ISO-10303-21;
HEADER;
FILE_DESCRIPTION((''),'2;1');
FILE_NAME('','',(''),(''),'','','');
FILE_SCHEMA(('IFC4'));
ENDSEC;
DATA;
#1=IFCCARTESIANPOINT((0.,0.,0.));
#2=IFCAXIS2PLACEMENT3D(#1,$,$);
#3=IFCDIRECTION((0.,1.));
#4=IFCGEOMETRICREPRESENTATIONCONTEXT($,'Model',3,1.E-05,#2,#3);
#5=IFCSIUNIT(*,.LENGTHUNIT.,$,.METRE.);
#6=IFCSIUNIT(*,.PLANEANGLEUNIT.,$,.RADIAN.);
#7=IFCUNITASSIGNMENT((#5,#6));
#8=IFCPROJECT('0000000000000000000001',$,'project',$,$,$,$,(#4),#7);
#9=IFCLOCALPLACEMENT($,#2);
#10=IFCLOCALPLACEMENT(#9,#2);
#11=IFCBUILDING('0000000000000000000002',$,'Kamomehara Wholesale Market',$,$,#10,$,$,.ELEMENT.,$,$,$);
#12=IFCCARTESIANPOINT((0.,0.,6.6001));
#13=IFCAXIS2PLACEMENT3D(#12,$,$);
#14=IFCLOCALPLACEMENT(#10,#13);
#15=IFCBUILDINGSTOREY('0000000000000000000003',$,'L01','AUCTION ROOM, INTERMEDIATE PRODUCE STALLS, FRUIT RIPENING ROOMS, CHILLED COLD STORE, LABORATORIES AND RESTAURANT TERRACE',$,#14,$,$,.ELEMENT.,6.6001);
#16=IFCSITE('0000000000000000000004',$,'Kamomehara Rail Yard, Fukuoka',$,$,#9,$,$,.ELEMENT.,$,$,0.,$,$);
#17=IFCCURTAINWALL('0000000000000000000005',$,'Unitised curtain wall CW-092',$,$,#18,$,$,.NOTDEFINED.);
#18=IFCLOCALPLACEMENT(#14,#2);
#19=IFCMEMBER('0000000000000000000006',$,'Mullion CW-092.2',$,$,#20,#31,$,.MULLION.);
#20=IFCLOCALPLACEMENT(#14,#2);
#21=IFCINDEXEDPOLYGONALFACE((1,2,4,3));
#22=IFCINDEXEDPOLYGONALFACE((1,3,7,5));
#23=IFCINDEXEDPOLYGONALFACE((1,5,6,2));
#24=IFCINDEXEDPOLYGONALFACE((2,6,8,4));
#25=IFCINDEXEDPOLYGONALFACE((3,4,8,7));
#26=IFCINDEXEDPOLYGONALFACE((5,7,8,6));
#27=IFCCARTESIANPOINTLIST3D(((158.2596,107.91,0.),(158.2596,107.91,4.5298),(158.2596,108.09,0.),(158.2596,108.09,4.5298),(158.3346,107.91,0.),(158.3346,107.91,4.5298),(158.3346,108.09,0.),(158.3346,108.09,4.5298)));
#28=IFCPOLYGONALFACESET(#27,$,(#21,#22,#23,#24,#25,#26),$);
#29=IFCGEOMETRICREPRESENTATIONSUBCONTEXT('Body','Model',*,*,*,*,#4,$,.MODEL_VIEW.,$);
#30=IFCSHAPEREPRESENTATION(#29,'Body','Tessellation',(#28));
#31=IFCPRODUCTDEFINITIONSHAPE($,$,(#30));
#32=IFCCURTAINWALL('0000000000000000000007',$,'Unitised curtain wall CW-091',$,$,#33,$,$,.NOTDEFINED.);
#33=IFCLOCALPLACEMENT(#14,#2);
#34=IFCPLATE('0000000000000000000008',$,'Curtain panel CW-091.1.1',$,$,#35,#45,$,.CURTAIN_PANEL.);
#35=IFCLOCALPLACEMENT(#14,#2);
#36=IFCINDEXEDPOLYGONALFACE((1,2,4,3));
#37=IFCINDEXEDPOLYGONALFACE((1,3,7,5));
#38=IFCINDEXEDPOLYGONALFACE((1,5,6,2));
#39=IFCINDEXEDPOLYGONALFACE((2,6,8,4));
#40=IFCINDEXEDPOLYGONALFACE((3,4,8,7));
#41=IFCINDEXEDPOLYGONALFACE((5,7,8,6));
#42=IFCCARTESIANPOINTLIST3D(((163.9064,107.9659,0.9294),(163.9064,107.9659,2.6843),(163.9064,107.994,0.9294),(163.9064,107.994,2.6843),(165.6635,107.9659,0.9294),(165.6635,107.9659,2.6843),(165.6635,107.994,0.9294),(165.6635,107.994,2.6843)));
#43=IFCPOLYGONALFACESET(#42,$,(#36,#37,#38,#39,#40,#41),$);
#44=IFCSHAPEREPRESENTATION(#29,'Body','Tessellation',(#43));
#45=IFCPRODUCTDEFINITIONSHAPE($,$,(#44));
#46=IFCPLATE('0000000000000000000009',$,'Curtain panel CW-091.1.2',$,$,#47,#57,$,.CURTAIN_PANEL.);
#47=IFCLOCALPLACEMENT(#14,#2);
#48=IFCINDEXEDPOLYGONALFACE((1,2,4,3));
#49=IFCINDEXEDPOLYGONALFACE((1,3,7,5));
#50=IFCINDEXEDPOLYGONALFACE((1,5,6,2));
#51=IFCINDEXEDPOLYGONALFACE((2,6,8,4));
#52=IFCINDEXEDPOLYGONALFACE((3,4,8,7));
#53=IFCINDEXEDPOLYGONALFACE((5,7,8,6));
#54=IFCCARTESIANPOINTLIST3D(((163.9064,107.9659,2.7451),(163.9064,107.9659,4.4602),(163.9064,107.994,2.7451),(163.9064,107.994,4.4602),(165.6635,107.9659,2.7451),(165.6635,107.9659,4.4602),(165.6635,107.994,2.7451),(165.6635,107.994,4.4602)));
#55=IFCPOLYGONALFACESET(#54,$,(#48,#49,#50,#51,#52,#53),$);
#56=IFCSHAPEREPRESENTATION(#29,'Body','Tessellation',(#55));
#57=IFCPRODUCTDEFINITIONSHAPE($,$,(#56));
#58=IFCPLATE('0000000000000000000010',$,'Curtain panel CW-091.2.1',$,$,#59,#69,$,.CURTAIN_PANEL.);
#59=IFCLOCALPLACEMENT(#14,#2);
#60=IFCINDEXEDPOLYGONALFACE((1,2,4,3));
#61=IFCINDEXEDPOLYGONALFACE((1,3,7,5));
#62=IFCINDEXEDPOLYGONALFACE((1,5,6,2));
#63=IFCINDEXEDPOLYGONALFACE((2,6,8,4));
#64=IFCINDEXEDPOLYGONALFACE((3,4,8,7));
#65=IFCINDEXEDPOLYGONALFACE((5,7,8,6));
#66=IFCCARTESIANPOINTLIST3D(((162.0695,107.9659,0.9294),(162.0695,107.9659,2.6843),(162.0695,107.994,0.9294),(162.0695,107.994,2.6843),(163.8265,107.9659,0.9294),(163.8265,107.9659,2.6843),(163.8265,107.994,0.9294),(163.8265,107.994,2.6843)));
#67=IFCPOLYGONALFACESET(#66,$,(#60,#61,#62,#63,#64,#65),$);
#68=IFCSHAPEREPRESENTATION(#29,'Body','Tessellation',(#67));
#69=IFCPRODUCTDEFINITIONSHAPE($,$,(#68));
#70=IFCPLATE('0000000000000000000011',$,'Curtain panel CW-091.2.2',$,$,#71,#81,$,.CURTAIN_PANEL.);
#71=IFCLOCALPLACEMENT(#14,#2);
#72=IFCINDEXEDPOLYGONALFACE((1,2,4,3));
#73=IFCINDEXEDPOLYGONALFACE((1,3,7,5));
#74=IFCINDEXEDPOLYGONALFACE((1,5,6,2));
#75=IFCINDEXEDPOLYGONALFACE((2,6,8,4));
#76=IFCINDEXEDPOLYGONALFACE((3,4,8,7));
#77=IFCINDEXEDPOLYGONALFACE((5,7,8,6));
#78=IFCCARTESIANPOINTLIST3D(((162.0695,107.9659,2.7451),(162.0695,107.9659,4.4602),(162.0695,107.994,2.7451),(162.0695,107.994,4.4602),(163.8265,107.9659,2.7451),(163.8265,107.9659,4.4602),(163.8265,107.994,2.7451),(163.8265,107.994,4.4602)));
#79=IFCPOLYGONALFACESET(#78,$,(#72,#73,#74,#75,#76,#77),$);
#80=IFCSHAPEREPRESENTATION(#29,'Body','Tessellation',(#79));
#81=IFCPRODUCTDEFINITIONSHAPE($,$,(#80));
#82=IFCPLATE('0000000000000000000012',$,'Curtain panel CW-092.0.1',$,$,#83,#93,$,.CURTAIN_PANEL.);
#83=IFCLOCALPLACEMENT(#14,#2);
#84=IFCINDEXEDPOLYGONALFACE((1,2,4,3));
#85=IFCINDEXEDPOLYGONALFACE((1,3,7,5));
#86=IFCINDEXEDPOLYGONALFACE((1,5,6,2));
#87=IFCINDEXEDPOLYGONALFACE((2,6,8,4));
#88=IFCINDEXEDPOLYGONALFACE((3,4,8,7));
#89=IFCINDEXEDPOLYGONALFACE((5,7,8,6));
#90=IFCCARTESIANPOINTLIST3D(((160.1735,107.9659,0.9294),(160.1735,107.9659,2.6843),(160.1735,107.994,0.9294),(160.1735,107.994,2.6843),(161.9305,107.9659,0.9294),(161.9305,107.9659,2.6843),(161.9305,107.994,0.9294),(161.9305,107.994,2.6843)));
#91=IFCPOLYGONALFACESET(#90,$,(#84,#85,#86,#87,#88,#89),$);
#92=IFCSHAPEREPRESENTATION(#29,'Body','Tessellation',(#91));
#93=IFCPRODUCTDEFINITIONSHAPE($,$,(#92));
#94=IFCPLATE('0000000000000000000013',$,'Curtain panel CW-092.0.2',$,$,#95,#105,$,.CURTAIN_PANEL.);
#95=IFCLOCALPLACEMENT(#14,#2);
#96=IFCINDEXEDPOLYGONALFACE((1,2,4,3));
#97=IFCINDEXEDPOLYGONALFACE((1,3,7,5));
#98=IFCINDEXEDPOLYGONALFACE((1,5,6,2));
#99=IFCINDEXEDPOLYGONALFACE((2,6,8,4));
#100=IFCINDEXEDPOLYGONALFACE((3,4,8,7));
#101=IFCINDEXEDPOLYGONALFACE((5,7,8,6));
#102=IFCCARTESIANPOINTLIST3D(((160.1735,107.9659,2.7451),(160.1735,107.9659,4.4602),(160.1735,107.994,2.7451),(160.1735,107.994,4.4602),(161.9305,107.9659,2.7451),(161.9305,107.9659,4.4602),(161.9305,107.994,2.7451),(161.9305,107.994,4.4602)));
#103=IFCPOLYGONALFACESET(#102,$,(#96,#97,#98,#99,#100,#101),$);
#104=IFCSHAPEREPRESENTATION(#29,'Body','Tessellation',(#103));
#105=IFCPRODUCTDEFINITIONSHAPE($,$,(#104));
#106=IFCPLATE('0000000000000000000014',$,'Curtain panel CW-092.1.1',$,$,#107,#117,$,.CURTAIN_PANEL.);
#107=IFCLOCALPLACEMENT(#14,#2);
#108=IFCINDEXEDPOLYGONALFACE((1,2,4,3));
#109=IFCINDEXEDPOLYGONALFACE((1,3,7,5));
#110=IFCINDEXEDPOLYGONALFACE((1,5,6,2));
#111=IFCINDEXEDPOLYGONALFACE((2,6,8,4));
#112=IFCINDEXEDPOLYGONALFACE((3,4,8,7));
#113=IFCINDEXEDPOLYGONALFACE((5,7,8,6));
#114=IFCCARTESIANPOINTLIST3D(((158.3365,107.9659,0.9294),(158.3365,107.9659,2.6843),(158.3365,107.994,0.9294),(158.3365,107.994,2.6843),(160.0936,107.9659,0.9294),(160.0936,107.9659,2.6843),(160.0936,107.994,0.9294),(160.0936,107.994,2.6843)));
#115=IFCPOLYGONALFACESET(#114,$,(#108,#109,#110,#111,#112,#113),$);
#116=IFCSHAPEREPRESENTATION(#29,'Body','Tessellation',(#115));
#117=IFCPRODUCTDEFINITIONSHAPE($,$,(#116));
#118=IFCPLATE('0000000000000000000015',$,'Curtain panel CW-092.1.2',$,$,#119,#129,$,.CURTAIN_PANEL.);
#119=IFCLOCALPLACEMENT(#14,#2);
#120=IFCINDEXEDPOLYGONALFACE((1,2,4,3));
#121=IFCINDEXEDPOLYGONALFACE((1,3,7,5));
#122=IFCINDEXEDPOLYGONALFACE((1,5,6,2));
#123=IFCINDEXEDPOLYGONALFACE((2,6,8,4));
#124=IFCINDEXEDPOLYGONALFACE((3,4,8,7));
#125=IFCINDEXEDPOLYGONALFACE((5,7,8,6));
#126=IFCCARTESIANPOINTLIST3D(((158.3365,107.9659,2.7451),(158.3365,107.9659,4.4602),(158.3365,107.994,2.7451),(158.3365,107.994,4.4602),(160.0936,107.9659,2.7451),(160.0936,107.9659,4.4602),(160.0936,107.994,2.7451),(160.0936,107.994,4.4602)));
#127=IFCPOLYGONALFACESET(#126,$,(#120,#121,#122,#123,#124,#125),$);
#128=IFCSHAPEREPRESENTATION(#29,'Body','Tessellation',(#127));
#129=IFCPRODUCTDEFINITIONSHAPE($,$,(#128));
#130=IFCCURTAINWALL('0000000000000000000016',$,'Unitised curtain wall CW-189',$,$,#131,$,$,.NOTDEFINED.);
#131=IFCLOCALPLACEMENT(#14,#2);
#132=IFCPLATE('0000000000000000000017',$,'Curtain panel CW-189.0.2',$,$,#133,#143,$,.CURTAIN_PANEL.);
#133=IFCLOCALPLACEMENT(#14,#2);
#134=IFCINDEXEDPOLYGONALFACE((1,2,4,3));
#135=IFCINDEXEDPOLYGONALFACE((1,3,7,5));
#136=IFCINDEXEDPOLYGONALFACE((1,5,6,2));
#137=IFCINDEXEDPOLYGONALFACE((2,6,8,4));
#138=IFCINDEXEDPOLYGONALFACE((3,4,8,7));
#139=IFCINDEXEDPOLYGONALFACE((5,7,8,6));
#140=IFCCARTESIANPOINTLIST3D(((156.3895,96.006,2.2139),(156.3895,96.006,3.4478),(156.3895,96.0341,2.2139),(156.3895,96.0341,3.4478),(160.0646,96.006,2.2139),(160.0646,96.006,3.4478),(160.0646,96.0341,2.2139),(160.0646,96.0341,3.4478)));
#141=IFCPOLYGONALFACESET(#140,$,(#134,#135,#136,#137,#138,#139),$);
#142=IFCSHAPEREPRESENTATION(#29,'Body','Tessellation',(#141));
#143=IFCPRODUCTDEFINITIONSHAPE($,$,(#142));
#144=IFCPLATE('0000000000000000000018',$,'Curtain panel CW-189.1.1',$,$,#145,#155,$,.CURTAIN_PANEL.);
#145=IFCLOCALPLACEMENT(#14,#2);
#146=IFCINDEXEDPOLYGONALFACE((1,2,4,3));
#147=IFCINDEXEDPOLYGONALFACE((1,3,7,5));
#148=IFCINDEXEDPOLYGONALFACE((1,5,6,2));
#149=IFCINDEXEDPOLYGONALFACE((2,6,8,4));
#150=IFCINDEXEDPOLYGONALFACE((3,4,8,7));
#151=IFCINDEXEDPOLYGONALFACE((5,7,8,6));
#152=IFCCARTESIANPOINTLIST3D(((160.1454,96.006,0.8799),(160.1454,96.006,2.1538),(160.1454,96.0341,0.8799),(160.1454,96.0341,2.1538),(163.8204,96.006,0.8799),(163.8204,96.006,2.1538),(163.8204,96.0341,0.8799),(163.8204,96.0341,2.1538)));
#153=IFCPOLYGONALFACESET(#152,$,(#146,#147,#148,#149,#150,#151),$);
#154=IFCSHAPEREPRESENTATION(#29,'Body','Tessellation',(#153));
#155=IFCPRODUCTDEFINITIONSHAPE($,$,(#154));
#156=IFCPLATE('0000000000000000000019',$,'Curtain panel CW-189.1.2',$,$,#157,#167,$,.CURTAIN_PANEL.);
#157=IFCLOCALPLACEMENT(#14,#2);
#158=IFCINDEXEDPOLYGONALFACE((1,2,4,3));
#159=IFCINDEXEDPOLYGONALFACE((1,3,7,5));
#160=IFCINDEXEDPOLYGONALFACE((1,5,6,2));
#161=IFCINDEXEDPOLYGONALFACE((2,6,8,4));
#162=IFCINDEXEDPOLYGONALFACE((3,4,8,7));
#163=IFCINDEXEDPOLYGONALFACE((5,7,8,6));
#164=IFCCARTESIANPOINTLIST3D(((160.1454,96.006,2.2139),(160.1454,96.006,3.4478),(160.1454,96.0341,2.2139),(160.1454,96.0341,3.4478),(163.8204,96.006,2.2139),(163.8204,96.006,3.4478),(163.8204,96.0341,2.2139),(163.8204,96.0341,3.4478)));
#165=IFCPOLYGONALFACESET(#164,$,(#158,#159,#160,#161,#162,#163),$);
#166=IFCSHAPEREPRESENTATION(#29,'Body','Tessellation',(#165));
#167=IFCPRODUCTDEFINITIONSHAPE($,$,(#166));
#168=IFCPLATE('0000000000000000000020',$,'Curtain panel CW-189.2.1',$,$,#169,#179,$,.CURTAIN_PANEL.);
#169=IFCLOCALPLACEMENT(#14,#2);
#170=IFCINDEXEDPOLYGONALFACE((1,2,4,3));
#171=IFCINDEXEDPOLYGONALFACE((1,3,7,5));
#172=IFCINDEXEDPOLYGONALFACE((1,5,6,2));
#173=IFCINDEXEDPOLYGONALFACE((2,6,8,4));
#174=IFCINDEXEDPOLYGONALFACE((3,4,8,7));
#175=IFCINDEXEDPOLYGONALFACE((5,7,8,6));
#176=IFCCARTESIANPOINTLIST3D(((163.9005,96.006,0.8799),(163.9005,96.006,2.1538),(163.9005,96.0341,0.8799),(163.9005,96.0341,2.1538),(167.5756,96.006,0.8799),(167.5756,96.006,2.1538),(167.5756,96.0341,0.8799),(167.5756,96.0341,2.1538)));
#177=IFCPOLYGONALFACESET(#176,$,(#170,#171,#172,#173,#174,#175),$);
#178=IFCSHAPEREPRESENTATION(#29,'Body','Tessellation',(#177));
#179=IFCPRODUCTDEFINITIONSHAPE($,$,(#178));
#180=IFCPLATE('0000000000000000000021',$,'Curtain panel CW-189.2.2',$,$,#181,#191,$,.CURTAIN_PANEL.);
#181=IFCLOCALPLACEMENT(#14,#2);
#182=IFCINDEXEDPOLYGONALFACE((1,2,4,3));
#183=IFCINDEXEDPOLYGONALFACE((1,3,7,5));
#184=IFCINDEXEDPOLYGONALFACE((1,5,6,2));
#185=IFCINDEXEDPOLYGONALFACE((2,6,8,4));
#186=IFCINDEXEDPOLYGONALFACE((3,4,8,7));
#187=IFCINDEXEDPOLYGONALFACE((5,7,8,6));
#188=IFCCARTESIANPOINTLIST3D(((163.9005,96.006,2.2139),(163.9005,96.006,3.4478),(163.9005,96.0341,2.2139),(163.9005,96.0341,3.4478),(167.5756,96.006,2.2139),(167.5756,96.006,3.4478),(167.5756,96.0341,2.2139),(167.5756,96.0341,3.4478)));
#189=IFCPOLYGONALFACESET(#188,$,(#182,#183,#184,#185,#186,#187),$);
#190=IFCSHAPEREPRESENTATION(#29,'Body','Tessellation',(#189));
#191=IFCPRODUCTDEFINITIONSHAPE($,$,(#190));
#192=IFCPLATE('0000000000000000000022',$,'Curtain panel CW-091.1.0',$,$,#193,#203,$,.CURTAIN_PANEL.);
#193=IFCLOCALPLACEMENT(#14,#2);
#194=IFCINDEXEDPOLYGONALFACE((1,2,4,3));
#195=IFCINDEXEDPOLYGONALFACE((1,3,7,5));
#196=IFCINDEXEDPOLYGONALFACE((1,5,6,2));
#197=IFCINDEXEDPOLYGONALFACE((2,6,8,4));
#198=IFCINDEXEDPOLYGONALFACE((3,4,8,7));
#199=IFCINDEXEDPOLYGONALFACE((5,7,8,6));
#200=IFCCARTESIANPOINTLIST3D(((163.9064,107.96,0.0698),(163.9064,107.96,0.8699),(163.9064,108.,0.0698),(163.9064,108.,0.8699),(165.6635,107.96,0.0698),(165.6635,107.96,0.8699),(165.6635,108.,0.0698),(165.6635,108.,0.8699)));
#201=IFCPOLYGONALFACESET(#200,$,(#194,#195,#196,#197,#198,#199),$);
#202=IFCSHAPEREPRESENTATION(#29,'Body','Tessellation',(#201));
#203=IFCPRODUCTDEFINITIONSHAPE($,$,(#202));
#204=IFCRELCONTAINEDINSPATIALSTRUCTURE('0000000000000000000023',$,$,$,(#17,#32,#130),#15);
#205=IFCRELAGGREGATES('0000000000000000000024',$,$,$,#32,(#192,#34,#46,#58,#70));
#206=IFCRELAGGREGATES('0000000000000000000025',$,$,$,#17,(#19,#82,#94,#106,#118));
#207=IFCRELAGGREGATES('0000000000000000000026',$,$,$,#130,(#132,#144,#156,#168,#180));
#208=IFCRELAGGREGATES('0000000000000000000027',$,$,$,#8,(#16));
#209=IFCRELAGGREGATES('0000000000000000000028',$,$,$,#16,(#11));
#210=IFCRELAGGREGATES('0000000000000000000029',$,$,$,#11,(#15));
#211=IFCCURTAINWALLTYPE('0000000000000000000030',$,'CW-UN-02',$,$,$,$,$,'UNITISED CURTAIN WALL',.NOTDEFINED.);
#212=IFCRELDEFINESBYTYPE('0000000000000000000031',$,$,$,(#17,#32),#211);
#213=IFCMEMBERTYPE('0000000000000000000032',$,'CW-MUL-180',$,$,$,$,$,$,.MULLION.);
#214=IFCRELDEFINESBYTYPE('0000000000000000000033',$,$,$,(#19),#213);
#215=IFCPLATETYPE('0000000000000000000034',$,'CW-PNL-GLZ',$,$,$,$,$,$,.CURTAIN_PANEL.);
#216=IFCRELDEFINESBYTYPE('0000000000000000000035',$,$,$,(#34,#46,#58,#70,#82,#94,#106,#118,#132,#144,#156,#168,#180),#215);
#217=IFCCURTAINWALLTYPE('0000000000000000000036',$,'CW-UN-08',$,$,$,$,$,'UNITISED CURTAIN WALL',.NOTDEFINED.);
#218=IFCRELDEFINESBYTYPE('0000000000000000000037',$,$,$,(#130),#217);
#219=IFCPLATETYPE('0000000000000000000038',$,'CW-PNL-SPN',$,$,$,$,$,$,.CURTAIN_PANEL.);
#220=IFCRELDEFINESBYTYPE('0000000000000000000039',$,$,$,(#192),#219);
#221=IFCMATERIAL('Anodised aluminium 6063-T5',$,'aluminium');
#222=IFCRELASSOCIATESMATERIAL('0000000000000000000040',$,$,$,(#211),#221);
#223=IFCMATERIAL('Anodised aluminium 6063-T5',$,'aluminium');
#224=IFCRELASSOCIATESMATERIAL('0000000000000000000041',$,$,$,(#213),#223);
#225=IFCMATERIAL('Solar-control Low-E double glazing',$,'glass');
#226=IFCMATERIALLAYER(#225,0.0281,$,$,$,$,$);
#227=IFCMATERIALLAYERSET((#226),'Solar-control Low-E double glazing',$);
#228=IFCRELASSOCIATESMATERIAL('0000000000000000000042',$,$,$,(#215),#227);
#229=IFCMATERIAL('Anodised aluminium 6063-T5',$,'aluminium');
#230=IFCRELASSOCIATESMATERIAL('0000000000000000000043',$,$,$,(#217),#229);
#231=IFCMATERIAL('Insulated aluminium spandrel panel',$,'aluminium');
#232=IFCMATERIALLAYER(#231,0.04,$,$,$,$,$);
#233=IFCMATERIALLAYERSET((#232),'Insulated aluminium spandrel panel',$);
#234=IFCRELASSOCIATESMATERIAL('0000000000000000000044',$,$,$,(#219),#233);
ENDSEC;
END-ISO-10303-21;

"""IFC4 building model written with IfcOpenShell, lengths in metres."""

from ifc_helpers import new_model, si_unit, direction, frame, origin, origin_2d, place, context, subcontext, project, spatial, rectangle, extrude, material, layer, layer_set, material_profile, profile_set, type_object, element, aggregate, save


model = new_model("IFC4")

# Units and contexts
model_context = context("Model", 3, precision=1e-05, world=origin(), true_north=direction((0.0, 1.0)))
body_context = subcontext(model_context, "Body", "Model", "MODEL_VIEW")
ifc_project = project(units=[si_unit("LENGTHUNIT", "METRE"), si_unit("PLANEANGLEUNIT", "RADIAN")], contexts=[model_context])

# Site, building, storey
site_placement = place(None, origin())
site = spatial("IfcSite", under=ifc_project, at=site_placement, Name="Kamomehara Rail Yard, Fukuoka", CompositionType="ELEMENT", RefElevation=0.0)
building_placement = place(site_placement, origin())
building = spatial("IfcBuilding", under=site, at=building_placement, Name="Kamomehara Wholesale Market", CompositionType="ELEMENT")
storey_placement = place(building_placement, frame((0.0, 0.0, 6.6001)))
storey = spatial("IfcBuildingStorey", under=building, at=storey_placement, Name="L01", Description="AUCTION ROOM, INTERMEDIATE PRODUCE STALLS, FRUIT RIPENING ROOMS, CHILLED COLD STORE, LABORATORIES AND RESTAURANT TERRACE", CompositionType="ELEMENT", Elevation=6.6001)

# Curtain wall, member
ifc_material_1 = material(Name="Anodised aluminium 6063-T5", Category="aluminium")
curtain_wall_type_1 = type_object("IfcCurtainWallType", Name="CW-UN-02", ElementType="UNITISED CURTAIN WALL", PredefinedType="NOTDEFINED", material=ifc_material_1)
curtain_wall_1_placement = place(storey_placement, origin())
curtain_wall_1 = element("IfcCurtainWall", 1, at=curtain_wall_1_placement, inside=storey, type_object=curtain_wall_type_1, Name="Unitised curtain wall CW-092", PredefinedType="NOTDEFINED")
ifc_material_2 = material(Name="Anodised aluminium 6063-T5", Category="aluminium")
ifc_material_profile = material_profile(ifc_material_2, rectangle(XDim=0.075, YDim=0.1799, at=origin_2d()), Name="ALU-MUL-75x180")
ifc_profile_set = profile_set([ifc_material_profile], Name="Anodised aluminium 6063-T5")
member_type = type_object("IfcMemberType", Name="CW-MUL-180", PredefinedType="MULLION", material=ifc_profile_set)
member_placement = place(storey_placement, frame((158.2971, 108.0, 0.0), z_axis=(0.0, 0.0, 1.0), x_axis=(-1.0, 0.0, 0.0)))
member = element("IfcMember", 2, at=member_placement, type_object=member_type, Name="Mullion CW-092.2", PredefinedType="MULLION", context=body_context, shape_type="SweptSolid", body=[
    extrude(rectangle(XDim=0.075, YDim=0.1799, at=origin_2d()), origin(), (0.0, 0.0, 1.0), 4.5298),
])

# Curtain wall, plates
curtain_wall_2_placement = place(storey_placement, origin())
curtain_wall_2 = element("IfcCurtainWall", 3, at=curtain_wall_2_placement, inside=storey, type_object=curtain_wall_type_1, Name="Unitised curtain wall CW-091", PredefinedType="NOTDEFINED")
ifc_material_3 = material(Name="Solar-control Low-E double glazing", Category="glass")
ifc_layer_1 = layer(ifc_material_3, 0.0281)
ifc_layer_set_1 = layer_set([ifc_layer_1], Name="Solar-control Low-E double glazing")
plate_type_1 = type_object("IfcPlateType", Name="CW-PNL-GLZ", PredefinedType="CURTAIN_PANEL", material=ifc_layer_set_1)
plate_1_placement = place(storey_placement, frame((164.7849, 107.98, 0.9294), z_axis=(0.0, 0.0, 1.0), x_axis=(-1.0, 0.0, 0.0)))
plate_1 = element("IfcPlate", 4, at=plate_1_placement, type_object=plate_type_1, Name="Curtain panel CW-091.1.1", PredefinedType="CURTAIN_PANEL", context=body_context, shape_type="SweptSolid", body=[
    extrude(rectangle(XDim=1.7571, YDim=0.0281, at=origin_2d()), origin(), (0.0, 0.0, 1.0), 1.7549),
])
plate_2_placement = place(storey_placement, frame((164.7849, 107.98, 2.7451), z_axis=(0.0, 0.0, 1.0), x_axis=(-1.0, 0.0, 0.0)))
plate_2 = element("IfcPlate", 5, at=plate_2_placement, type_object=plate_type_1, Name="Curtain panel CW-091.1.2", PredefinedType="CURTAIN_PANEL", context=body_context, shape_type="SweptSolid", body=[
    extrude(rectangle(XDim=1.7571, YDim=0.0281, at=origin_2d()), origin(), (0.0, 0.0, 1.0), 1.7151),
])
plate_3_placement = place(storey_placement, frame((162.948, 107.98, 0.9294), z_axis=(0.0, 0.0, 1.0), x_axis=(-1.0, 0.0, 0.0)))
plate_3 = element("IfcPlate", 6, at=plate_3_placement, type_object=plate_type_1, Name="Curtain panel CW-091.2.1", PredefinedType="CURTAIN_PANEL", context=body_context, shape_type="SweptSolid", body=[
    extrude(rectangle(XDim=1.7571, YDim=0.0281, at=origin_2d()), origin(), (0.0, 0.0, 1.0), 1.7549),
])
plate_4_placement = place(storey_placement, frame((162.948, 107.98, 2.7451), z_axis=(0.0, 0.0, 1.0), x_axis=(-1.0, 0.0, 0.0)))
plate_4 = element("IfcPlate", 7, at=plate_4_placement, type_object=plate_type_1, Name="Curtain panel CW-091.2.2", PredefinedType="CURTAIN_PANEL", context=body_context, shape_type="SweptSolid", body=[
    extrude(rectangle(XDim=1.7571, YDim=0.0281, at=origin_2d()), origin(), (0.0, 0.0, 1.0), 1.7151),
])

# Plates
plate_5_placement = place(storey_placement, frame((161.052, 107.98, 0.9294), z_axis=(0.0, 0.0, 1.0), x_axis=(-1.0, 0.0, 0.0)))
plate_5 = element("IfcPlate", 8, at=plate_5_placement, type_object=plate_type_1, Name="Curtain panel CW-092.0.1", PredefinedType="CURTAIN_PANEL", context=body_context, shape_type="SweptSolid", body=[
    extrude(rectangle(XDim=1.7571, YDim=0.0281, at=origin_2d()), origin(), (0.0, 0.0, 1.0), 1.7549),
])
plate_6_placement = place(storey_placement, frame((161.052, 107.98, 2.7451), z_axis=(0.0, 0.0, 1.0), x_axis=(-1.0, 0.0, 0.0)))
plate_6 = element("IfcPlate", 9, at=plate_6_placement, type_object=plate_type_1, Name="Curtain panel CW-092.0.2", PredefinedType="CURTAIN_PANEL", context=body_context, shape_type="SweptSolid", body=[
    extrude(rectangle(XDim=1.7571, YDim=0.0281, at=origin_2d()), origin(), (0.0, 0.0, 1.0), 1.7151),
])
plate_7_placement = place(storey_placement, frame((159.2151, 107.98, 0.9294), z_axis=(0.0, 0.0, 1.0), x_axis=(-1.0, 0.0, 0.0)))
plate_7 = element("IfcPlate", 10, at=plate_7_placement, type_object=plate_type_1, Name="Curtain panel CW-092.1.1", PredefinedType="CURTAIN_PANEL", context=body_context, shape_type="SweptSolid", body=[
    extrude(rectangle(XDim=1.7571, YDim=0.0281, at=origin_2d()), origin(), (0.0, 0.0, 1.0), 1.7549),
])
plate_8_placement = place(storey_placement, frame((159.2151, 107.98, 2.7451), z_axis=(0.0, 0.0, 1.0), x_axis=(-1.0, 0.0, 0.0)))
plate_8 = element("IfcPlate", 11, at=plate_8_placement, type_object=plate_type_1, Name="Curtain panel CW-092.1.2", PredefinedType="CURTAIN_PANEL", context=body_context, shape_type="SweptSolid", body=[
    extrude(rectangle(XDim=1.7571, YDim=0.0281, at=origin_2d()), origin(), (0.0, 0.0, 1.0), 1.7151),
])

# Curtain wall, plates
ifc_material_4 = material(Name="Anodised aluminium 6063-T5", Category="aluminium")
curtain_wall_type_2 = type_object("IfcCurtainWallType", Name="CW-UN-08", ElementType="UNITISED CURTAIN WALL", PredefinedType="NOTDEFINED", material=ifc_material_4)
curtain_wall_3_placement = place(storey_placement, origin())
curtain_wall_3 = element("IfcCurtainWall", 12, at=curtain_wall_3_placement, inside=storey, type_object=curtain_wall_type_2, Name="Unitised curtain wall CW-189", PredefinedType="NOTDEFINED")
plate_9_placement = place(storey_placement, frame((158.2271, 96.02, 2.2139), z_axis=(0.0, 0.0, 1.0), x_axis=(1.0, 0.0, 0.0)))
plate_9 = element("IfcPlate", 13, at=plate_9_placement, type_object=plate_type_1, Name="Curtain panel CW-189.0.2", PredefinedType="CURTAIN_PANEL", context=body_context, shape_type="SweptSolid", body=[
    extrude(rectangle(XDim=3.675, YDim=0.0281, at=origin_2d()), origin(), (0.0, 0.0, 1.0), 1.2339),
])
plate_10_placement = place(storey_placement, frame((161.9829, 96.02, 0.8799), z_axis=(0.0, 0.0, 1.0), x_axis=(1.0, 0.0, 0.0)))
plate_10 = element("IfcPlate", 14, at=plate_10_placement, type_object=plate_type_1, Name="Curtain panel CW-189.1.1", PredefinedType="CURTAIN_PANEL", context=body_context, shape_type="SweptSolid", body=[
    extrude(rectangle(XDim=3.675, YDim=0.0281, at=origin_2d()), origin(), (0.0, 0.0, 1.0), 1.2739),
])
plate_11_placement = place(storey_placement, frame((161.9829, 96.02, 2.2139), z_axis=(0.0, 0.0, 1.0), x_axis=(1.0, 0.0, 0.0)))
plate_11 = element("IfcPlate", 15, at=plate_11_placement, type_object=plate_type_1, Name="Curtain panel CW-189.1.2", PredefinedType="CURTAIN_PANEL", context=body_context, shape_type="SweptSolid", body=[
    extrude(rectangle(XDim=3.675, YDim=0.0281, at=origin_2d()), origin(), (0.0, 0.0, 1.0), 1.2339),
])
plate_12_placement = place(storey_placement, frame((165.738, 96.02, 0.8799), z_axis=(0.0, 0.0, 1.0), x_axis=(1.0, 0.0, 0.0)))
plate_12 = element("IfcPlate", 16, at=plate_12_placement, type_object=plate_type_1, Name="Curtain panel CW-189.2.1", PredefinedType="CURTAIN_PANEL", context=body_context, shape_type="SweptSolid", body=[
    extrude(rectangle(XDim=3.675, YDim=0.0281, at=origin_2d()), origin(), (0.0, 0.0, 1.0), 1.2739),
])
plate_13_placement = place(storey_placement, frame((165.738, 96.02, 2.2139), z_axis=(0.0, 0.0, 1.0), x_axis=(1.0, 0.0, 0.0)))
plate_13 = element("IfcPlate", 17, at=plate_13_placement, type_object=plate_type_1, Name="Curtain panel CW-189.2.2", PredefinedType="CURTAIN_PANEL", context=body_context, shape_type="SweptSolid", body=[
    extrude(rectangle(XDim=3.675, YDim=0.0281, at=origin_2d()), origin(), (0.0, 0.0, 1.0), 1.2339),
])

# Plate
ifc_material_5 = material(Name="Insulated aluminium spandrel panel", Category="aluminium")
ifc_layer_2 = layer(ifc_material_5, 0.04)
ifc_layer_set_2 = layer_set([ifc_layer_2], Name="Insulated aluminium spandrel panel")
plate_type_2 = type_object("IfcPlateType", Name="CW-PNL-SPN", PredefinedType="CURTAIN_PANEL", material=ifc_layer_set_2)
plate_14_placement = place(storey_placement, frame((164.7849, 107.98, 0.0698), z_axis=(0.0, 0.0, 1.0), x_axis=(-1.0, 0.0, 0.0)))
plate_14 = element("IfcPlate", 18, at=plate_14_placement, type_object=plate_type_2, Name="Curtain panel CW-091.1.0", PredefinedType="CURTAIN_PANEL", context=body_context, shape_type="SweptSolid", body=[
    extrude(rectangle(XDim=1.7571, YDim=0.04, at=origin_2d()), origin(), (0.0, 0.0, 1.0), 0.8),
])
aggregate(curtain_wall_2, [plate_14, plate_1, plate_2, plate_3, plate_4])
aggregate(curtain_wall_1, [member, plate_5, plate_6, plate_7, plate_8])
aggregate(curtain_wall_3, [plate_9, plate_10, plate_11, plate_12, plate_13])

save(model, "model.ifc")
